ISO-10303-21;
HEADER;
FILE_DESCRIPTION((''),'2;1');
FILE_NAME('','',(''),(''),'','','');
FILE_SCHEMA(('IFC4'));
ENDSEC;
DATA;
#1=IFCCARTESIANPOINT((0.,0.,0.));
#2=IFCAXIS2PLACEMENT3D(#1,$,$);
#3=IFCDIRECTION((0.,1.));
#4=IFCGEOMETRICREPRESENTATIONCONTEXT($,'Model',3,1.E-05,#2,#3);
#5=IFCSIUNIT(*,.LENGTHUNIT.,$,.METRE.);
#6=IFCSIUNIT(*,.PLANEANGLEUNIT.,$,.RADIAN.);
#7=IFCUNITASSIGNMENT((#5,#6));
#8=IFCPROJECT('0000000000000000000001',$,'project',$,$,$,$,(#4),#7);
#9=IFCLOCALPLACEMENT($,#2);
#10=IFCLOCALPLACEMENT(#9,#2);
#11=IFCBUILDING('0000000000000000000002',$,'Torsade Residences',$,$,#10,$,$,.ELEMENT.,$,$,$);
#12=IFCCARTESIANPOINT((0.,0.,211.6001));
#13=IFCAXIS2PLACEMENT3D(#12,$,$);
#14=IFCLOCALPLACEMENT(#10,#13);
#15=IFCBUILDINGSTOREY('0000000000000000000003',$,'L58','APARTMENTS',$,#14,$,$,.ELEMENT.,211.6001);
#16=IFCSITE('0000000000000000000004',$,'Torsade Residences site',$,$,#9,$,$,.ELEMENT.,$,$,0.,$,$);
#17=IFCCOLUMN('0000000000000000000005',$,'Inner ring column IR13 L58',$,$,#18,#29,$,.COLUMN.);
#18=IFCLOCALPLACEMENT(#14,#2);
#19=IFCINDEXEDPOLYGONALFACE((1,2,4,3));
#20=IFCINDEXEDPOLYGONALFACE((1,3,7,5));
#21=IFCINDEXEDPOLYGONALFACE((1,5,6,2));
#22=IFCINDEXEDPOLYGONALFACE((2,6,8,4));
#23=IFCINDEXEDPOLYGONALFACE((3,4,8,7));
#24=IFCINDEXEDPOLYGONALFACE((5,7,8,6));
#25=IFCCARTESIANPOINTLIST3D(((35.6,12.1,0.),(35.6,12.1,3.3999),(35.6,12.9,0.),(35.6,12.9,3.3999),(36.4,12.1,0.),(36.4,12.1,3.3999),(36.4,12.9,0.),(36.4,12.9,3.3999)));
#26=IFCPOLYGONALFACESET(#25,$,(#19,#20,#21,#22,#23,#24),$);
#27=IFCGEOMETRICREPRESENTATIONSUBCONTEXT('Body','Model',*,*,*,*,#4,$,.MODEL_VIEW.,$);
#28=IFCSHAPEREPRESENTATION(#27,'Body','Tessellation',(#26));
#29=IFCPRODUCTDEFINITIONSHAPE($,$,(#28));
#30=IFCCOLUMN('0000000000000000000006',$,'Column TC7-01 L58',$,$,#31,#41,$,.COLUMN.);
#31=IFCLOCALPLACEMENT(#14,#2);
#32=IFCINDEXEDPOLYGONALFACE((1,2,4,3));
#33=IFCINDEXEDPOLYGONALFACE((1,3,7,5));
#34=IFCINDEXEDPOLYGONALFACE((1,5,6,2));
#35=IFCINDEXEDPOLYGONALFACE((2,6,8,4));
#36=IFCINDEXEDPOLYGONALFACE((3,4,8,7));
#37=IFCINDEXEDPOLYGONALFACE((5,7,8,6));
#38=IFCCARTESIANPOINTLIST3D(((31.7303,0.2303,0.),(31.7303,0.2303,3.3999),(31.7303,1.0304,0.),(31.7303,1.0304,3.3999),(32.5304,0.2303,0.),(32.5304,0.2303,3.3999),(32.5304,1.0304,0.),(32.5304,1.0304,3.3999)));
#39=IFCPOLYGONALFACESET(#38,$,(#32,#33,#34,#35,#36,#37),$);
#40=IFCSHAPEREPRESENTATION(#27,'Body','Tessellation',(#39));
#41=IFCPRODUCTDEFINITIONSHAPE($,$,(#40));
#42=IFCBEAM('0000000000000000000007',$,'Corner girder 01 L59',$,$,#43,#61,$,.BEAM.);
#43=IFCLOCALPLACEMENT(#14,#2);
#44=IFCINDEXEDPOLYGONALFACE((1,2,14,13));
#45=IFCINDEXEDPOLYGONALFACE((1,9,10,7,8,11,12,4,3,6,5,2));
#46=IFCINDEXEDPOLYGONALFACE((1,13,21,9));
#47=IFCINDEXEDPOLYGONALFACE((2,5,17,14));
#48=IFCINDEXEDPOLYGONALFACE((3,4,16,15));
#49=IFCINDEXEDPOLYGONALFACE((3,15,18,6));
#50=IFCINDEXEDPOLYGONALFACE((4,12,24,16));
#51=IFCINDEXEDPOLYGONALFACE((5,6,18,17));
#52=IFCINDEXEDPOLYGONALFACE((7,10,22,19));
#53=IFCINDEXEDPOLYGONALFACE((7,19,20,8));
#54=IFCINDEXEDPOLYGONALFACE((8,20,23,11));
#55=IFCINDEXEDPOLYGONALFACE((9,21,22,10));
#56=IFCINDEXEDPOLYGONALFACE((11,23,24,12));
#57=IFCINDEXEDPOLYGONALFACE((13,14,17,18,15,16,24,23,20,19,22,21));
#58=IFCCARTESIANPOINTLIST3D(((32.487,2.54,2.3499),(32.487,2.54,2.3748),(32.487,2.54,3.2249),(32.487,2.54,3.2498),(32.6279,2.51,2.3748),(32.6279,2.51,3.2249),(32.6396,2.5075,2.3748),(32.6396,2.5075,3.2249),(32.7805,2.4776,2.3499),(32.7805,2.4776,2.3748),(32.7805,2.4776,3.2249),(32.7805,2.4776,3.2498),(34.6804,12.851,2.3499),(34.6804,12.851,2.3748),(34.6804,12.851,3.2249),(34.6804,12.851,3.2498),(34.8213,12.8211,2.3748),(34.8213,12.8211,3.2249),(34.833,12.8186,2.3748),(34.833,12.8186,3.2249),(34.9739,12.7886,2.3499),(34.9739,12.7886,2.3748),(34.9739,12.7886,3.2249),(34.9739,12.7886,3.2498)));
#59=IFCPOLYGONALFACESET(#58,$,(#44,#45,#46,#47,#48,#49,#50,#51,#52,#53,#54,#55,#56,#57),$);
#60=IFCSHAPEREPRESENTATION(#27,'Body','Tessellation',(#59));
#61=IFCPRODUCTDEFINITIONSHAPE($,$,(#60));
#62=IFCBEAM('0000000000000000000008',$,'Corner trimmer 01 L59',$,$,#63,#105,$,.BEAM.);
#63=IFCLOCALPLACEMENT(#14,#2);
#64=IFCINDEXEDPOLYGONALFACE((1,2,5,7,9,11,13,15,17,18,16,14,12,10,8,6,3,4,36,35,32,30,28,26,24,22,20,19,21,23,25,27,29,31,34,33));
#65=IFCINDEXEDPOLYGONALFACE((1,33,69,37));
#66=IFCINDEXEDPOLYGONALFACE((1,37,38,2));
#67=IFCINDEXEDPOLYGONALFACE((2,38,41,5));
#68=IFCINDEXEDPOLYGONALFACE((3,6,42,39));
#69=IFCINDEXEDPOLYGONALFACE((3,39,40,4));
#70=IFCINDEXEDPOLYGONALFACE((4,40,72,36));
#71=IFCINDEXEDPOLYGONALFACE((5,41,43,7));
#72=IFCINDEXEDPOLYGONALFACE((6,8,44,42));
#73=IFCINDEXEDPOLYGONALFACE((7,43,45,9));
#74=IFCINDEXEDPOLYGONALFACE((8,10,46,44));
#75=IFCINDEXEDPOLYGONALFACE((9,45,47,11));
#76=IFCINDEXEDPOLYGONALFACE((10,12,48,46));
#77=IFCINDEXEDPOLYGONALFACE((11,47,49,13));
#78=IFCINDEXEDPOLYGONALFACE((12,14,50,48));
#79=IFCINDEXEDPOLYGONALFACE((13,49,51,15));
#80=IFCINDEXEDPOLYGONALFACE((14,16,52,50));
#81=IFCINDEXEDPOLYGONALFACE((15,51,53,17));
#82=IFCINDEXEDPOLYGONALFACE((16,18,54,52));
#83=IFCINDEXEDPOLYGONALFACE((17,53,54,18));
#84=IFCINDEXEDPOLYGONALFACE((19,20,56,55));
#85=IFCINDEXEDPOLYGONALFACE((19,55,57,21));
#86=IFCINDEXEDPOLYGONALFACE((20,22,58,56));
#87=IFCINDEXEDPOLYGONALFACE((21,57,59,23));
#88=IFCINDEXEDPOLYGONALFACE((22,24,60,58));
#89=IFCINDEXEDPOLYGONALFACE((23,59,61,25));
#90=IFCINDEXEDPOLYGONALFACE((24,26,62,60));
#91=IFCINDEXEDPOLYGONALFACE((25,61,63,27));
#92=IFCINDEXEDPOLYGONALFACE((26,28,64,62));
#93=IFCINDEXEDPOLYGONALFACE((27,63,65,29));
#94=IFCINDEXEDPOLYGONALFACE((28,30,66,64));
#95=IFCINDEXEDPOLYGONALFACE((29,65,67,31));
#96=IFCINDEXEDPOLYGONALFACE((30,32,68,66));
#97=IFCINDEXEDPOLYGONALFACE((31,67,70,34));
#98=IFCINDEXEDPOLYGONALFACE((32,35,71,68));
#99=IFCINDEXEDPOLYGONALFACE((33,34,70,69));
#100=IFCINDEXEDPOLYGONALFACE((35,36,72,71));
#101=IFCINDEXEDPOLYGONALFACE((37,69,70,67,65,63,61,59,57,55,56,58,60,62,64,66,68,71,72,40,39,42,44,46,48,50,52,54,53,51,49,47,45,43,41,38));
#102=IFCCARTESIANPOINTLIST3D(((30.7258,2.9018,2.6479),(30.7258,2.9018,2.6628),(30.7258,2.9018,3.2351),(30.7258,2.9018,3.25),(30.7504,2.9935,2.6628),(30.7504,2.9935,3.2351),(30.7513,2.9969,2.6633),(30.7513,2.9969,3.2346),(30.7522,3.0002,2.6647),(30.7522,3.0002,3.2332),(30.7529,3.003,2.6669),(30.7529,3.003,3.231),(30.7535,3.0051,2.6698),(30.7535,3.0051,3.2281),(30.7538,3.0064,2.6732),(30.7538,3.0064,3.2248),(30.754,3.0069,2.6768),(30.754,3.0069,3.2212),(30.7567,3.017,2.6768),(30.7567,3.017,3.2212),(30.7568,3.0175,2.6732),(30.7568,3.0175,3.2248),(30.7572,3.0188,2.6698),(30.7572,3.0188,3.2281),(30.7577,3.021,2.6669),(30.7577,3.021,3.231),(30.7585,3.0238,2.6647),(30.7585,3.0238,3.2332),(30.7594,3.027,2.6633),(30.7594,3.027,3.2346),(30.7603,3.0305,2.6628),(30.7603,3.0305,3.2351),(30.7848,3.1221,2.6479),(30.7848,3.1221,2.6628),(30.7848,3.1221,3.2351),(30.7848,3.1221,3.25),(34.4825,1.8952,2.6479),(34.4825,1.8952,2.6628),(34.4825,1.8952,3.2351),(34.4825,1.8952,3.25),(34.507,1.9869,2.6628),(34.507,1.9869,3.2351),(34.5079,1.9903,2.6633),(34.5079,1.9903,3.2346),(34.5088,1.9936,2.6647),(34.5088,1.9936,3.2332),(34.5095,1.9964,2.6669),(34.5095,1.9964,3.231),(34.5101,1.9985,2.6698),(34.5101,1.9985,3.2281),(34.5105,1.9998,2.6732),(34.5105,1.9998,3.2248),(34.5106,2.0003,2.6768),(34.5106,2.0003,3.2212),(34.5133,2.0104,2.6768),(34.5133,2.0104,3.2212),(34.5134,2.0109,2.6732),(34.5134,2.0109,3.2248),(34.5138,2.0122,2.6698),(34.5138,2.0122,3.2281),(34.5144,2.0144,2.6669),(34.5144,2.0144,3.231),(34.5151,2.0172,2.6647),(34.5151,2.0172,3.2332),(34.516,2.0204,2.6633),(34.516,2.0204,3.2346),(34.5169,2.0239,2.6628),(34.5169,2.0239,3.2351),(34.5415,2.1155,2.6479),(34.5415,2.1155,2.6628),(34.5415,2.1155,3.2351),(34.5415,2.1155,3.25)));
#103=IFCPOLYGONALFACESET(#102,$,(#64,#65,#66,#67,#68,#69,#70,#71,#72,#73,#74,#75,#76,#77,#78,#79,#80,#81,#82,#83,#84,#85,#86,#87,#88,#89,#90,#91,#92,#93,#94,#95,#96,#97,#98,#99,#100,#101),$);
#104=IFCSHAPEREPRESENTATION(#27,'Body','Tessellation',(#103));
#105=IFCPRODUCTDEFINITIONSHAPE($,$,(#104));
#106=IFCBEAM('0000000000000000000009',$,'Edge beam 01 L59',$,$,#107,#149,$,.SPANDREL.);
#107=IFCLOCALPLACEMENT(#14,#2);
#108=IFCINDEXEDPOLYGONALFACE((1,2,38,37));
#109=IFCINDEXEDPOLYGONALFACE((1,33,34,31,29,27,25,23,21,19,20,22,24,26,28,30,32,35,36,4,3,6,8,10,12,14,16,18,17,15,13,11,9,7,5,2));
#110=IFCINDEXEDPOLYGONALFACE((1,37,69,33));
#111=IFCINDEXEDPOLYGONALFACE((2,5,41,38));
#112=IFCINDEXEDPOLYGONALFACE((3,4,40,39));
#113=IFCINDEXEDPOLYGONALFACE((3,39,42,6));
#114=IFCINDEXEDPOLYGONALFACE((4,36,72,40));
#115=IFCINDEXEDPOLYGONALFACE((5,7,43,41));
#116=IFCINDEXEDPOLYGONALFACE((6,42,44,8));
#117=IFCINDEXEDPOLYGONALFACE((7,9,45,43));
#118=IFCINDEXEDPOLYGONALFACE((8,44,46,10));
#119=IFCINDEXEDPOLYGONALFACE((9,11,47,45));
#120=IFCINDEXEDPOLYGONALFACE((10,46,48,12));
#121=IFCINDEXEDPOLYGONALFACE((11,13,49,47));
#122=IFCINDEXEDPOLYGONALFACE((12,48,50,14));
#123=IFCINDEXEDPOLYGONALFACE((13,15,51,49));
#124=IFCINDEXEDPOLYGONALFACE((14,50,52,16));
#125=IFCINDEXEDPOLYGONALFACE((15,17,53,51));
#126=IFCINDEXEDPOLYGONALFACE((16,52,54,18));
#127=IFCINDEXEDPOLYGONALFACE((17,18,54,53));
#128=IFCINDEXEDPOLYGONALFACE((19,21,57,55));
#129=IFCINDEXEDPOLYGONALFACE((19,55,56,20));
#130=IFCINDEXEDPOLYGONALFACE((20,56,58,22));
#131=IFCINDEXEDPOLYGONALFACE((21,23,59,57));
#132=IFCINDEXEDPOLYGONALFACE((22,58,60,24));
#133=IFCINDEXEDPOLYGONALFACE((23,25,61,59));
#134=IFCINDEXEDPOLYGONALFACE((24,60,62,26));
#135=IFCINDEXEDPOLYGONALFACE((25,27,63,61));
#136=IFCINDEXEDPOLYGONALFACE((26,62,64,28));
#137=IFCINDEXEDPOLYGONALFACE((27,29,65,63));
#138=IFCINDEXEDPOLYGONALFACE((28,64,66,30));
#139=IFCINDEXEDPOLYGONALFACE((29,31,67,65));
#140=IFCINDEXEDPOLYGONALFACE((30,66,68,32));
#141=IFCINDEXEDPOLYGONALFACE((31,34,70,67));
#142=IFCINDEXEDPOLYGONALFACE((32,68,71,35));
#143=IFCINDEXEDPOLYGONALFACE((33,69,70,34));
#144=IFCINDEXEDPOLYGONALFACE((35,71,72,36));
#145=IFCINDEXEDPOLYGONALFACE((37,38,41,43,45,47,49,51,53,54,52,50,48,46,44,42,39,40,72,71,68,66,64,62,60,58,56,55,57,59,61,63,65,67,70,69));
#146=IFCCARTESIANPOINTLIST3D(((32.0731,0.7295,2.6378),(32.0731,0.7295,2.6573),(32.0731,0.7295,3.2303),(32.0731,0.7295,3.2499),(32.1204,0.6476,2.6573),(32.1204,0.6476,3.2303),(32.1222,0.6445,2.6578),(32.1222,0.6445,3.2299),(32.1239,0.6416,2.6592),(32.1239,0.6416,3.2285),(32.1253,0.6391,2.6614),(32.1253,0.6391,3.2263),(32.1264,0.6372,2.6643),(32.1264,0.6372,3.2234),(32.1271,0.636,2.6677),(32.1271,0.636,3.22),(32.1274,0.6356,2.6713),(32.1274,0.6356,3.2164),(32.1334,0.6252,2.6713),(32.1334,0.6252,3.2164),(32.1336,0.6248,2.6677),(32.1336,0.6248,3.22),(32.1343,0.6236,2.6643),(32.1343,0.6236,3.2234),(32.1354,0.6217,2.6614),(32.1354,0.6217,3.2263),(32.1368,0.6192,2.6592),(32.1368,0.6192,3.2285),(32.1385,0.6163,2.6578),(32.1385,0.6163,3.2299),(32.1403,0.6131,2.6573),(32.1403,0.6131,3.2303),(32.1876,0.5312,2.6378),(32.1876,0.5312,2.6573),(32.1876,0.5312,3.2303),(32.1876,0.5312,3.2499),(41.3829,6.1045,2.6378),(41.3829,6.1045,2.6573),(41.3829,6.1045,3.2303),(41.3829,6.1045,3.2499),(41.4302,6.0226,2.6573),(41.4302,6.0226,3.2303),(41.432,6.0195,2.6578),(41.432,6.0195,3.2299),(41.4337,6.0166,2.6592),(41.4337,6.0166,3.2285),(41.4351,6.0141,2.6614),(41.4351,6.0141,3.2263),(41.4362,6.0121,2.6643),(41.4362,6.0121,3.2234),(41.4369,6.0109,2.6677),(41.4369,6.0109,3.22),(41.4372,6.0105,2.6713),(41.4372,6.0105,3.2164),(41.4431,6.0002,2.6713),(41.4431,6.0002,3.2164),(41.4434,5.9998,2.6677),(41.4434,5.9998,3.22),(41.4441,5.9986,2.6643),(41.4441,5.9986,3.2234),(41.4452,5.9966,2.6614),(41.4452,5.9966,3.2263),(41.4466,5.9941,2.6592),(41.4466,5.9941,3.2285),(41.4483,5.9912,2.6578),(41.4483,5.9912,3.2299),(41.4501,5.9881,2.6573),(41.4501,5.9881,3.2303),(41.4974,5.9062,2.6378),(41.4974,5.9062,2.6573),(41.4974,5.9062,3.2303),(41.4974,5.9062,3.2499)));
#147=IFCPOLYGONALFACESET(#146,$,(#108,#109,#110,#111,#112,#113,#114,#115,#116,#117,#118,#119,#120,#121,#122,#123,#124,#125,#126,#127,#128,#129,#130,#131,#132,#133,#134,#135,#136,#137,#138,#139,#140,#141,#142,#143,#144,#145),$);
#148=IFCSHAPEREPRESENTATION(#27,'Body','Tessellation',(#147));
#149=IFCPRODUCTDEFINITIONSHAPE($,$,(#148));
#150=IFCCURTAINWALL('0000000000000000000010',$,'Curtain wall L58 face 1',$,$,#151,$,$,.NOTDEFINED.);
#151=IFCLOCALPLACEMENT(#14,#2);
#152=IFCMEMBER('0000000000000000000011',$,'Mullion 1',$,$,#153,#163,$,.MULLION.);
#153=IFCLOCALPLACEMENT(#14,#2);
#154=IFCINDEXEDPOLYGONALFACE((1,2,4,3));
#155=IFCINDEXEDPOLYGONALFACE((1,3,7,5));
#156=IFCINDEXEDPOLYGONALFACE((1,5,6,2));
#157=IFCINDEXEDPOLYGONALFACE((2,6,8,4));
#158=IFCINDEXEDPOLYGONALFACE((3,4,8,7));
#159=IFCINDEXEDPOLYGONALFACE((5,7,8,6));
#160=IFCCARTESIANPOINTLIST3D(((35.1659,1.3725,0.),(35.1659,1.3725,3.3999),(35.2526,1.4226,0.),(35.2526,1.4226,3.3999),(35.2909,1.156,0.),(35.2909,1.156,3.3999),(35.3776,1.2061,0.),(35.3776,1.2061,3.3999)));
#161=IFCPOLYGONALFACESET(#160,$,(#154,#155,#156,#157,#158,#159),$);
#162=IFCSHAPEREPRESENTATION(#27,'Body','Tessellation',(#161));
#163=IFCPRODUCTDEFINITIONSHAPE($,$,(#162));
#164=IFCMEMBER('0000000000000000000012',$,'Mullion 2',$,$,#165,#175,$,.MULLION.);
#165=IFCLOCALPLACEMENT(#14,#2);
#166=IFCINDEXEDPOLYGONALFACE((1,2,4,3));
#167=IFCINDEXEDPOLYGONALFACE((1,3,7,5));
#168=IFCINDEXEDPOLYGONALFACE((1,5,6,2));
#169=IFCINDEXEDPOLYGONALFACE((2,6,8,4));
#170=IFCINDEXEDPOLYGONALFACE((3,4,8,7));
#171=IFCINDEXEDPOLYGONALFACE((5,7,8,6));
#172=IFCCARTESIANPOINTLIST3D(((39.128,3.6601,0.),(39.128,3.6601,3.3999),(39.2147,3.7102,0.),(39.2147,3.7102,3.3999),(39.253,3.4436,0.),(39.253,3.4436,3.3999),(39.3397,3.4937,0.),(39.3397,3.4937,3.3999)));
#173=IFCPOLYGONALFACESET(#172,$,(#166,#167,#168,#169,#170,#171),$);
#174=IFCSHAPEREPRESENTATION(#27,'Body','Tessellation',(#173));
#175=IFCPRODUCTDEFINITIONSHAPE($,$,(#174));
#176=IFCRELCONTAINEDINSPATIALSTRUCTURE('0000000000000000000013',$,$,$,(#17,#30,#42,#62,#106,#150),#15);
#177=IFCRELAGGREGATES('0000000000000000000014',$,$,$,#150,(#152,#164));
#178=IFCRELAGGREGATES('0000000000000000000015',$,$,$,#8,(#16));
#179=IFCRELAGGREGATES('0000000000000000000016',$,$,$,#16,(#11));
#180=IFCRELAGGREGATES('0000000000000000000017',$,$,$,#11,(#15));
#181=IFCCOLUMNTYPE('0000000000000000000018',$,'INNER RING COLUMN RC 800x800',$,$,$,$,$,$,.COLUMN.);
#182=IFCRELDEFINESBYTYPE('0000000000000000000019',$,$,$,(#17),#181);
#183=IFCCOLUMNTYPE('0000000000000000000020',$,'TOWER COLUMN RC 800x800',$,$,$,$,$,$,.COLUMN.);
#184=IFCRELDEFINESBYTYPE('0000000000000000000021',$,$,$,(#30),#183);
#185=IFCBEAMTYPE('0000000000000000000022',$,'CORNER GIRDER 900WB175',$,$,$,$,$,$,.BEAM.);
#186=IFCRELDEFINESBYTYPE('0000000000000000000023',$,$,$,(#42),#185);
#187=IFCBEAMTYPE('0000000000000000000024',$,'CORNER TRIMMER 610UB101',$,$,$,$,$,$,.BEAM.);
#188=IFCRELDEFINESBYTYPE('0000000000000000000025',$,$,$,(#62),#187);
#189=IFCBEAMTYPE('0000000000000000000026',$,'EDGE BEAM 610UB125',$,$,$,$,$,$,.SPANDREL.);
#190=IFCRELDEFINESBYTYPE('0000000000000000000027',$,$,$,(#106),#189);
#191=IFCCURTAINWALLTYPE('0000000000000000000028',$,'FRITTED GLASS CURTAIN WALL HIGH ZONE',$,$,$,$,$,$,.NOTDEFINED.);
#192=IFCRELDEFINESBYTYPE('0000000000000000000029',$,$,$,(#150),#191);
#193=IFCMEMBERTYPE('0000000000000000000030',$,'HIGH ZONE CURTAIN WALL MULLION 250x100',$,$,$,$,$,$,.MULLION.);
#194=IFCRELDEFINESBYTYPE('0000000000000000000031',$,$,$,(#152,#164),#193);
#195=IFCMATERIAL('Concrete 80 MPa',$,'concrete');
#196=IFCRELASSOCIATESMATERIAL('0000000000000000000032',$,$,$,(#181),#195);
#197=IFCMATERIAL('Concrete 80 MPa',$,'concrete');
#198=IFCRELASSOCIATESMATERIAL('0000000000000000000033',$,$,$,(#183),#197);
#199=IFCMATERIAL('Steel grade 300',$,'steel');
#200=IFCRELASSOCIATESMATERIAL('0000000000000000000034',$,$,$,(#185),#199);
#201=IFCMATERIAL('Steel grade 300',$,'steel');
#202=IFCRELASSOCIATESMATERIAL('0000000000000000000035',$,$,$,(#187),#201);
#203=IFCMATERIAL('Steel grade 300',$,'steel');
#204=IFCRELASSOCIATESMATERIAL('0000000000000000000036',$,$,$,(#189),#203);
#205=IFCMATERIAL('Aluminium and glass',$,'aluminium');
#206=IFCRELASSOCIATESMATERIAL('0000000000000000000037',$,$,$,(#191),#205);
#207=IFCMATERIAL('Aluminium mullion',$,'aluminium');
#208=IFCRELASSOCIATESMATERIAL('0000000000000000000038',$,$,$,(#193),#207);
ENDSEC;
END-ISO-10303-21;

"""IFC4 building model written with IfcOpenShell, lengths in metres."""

from ifc_helpers import new_model, si_unit, direction, frame, origin, origin_2d, place, context, subcontext, project, spatial, rectangle, i_section, extrude, material, material_profile, profile_set, type_object, element, aggregate, save


model = new_model("IFC4")

# Units and contexts
model_context = context("Model", 3, precision=1e-05, world=origin(), true_north=direction((0.0, 1.0)))
body_context = subcontext(model_context, "Body", "Model", "MODEL_VIEW")
ifc_project = project(units=[si_unit("LENGTHUNIT", "METRE"), si_unit("PLANEANGLEUNIT", "RADIAN")], contexts=[model_context])

# Site, building, storey
site_placement = place(None, origin())
site = spatial("IfcSite", under=ifc_project, at=site_placement, Name="Torsade Residences site", CompositionType="ELEMENT", RefElevation=0.0)
building_placement = place(site_placement, origin())
building = spatial("IfcBuilding", under=site, at=building_placement, Name="Torsade Residences", CompositionType="ELEMENT")
storey_placement = place(building_placement, frame((0.0, 0.0, 211.6001)))
storey = spatial("IfcBuildingStorey", under=building, at=storey_placement, Name="L58", Description="APARTMENTS", CompositionType="ELEMENT", Elevation=211.6001)

# Columns
ifc_material_1 = material(Name="Concrete 80 MPa", Category="concrete")
ifc_material_profile_1 = material_profile(ifc_material_1, rectangle(XDim=0.8, YDim=0.8, at=origin_2d()), Name="RC 800x800")
ifc_profile_set_1 = profile_set([ifc_material_profile_1], Name="Concrete 80 MPa")
column_type_1 = type_object("IfcColumnType", Name="INNER RING COLUMN RC 800x800", PredefinedType="COLUMN", material=ifc_profile_set_1)
column_1_placement = place(storey_placement, frame((36.0, 12.5, 0.0), z_axis=(0.0, 0.0, 1.0), x_axis=(1.0, 0.0, 0.0)))
element("IfcColumn", 1, at=column_1_placement, inside=storey, type_object=column_type_1, Name="Inner ring column IR13 L58", PredefinedType="COLUMN", context=body_context, shape_type="SweptSolid", body=[
    extrude(rectangle(XDim=0.8, YDim=0.8, at=origin_2d()), origin(), (0.0, 0.0, 1.0), 3.3999),
])
ifc_material_2 = material(Name="Concrete 80 MPa", Category="concrete")
ifc_material_profile_2 = material_profile(ifc_material_2, rectangle(XDim=0.8, YDim=0.8, at=origin_2d()), Name="RC 800x800")
ifc_profile_set_2 = profile_set([ifc_material_profile_2], Name="Concrete 80 MPa")
column_type_2 = type_object("IfcColumnType", Name="TOWER COLUMN RC 800x800", PredefinedType="COLUMN", material=ifc_profile_set_2)
column_2_placement = place(storey_placement, frame((32.1304, 0.6304, 0.0), z_axis=(0.0, 0.0, 1.0), x_axis=(1.0, 0.0, 0.0)))
element("IfcColumn", 2, at=column_2_placement, inside=storey, type_object=column_type_2, Name="Column TC7-01 L58", PredefinedType="COLUMN", context=body_context, shape_type="SweptSolid", body=[
    extrude(rectangle(XDim=0.8, YDim=0.8, at=origin_2d()), origin(), (0.0, 0.0, 1.0), 3.3999),
])

# Beams
ifc_material_3 = material(Name="Steel grade 300", Category="steel")
ifc_material_profile_3 = material_profile(ifc_material_3, i_section(OverallWidth=0.3, OverallDepth=0.8999, WebThickness=0.012, FlangeThickness=0.0249, at=origin_2d()), Name="900WB175")
ifc_profile_set_3 = profile_set([ifc_material_profile_3], Name="Steel grade 300")
beam_type_1 = type_object("IfcBeamType", Name="CORNER GIRDER 900WB175", PredefinedType="BEAM", material=ifc_profile_set_3)
beam_1_placement = place(storey_placement, frame((32.6338, 2.5088, 2.7998), z_axis=(0.208064, 0.978115, 0.0), x_axis=(-0.978115, 0.208064, 0.0)))
element("IfcBeam", 3, at=beam_1_placement, inside=storey, type_object=beam_type_1, Name="Corner girder 01 L59", PredefinedType="BEAM", context=body_context, shape_type="SweptSolid", body=[
    extrude(i_section(OverallWidth=0.3, OverallDepth=0.8999, WebThickness=0.012, FlangeThickness=0.0249, at=origin_2d()), origin(), (0.0, 0.0, 1.0), 10.5417),
])
ifc_material_4 = material(Name="Steel grade 300", Category="steel")
ifc_material_profile_4 = material_profile(ifc_material_4, i_section(OverallWidth=0.228, OverallDepth=0.6021, WebThickness=0.0105, FlangeThickness=0.0149, FilletRadius=0.0139, at=origin_2d()), Name="610UB101")
ifc_profile_set_4 = profile_set([ifc_material_profile_4], Name="Steel grade 300")
beam_type_2 = type_object("IfcBeamType", Name="CORNER TRIMMER 610UB101", PredefinedType="BEAM", material=ifc_profile_set_4)
beam_2_placement = place(storey_placement, frame((34.512, 2.0054, 2.949), z_axis=(-0.965925, 0.258823, 0.0), x_axis=(-0.258823, -0.965925, 0.0)))
element("IfcBeam", 4, at=beam_2_placement, inside=storey, type_object=beam_type_2, Name="Corner trimmer 01 L59", PredefinedType="BEAM", context=body_context, shape_type="SweptSolid", body=[
    extrude(i_section(OverallWidth=0.228, OverallDepth=0.6021, WebThickness=0.0105, FlangeThickness=0.0149, FilletRadius=0.0139, at=origin_2d()), origin(), (0.0, 0.0, 1.0), 3.8892),
])
ifc_material_5 = material(Name="Steel grade 300", Category="steel")
ifc_material_profile_5 = material_profile(ifc_material_5, i_section(OverallWidth=0.229, OverallDepth=0.6121, WebThickness=0.012, FlangeThickness=0.0195, FilletRadius=0.0139, at=origin_2d()), Name="610UB125")
ifc_profile_set_5 = profile_set([ifc_material_profile_5], Name="Steel grade 300")
beam_type_3 = type_object("IfcBeamType", Name="EDGE BEAM 610UB125", PredefinedType="SPANDREL", material=ifc_profile_set_5)
beam_3_placement = place(storey_placement, frame((32.1304, 0.6304, 2.9438), z_axis=(0.866026, 0.499998, 0.0), x_axis=(-0.499998, 0.866026, 0.0)))
element("IfcBeam", 5, at=beam_3_placement, inside=storey, type_object=beam_type_3, Name="Edge beam 01 L59", PredefinedType="SPANDREL", context=body_context, shape_type="SweptSolid", body=[
    extrude(i_section(OverallWidth=0.229, OverallDepth=0.6121, WebThickness=0.012, FlangeThickness=0.0195, FilletRadius=0.0139, at=origin_2d()), origin(), (0.0, 0.0, 1.0), 10.75),
])

# Curtain wall, members
ifc_material_6 = material(Name="Aluminium and glass", Category="aluminium")
curtain_wall_type = type_object("IfcCurtainWallType", Name="FRITTED GLASS CURTAIN WALL HIGH ZONE", PredefinedType="NOTDEFINED", material=ifc_material_6)
curtain_wall_1_placement = place(storey_placement, origin())
curtain_wall_1 = element("IfcCurtainWall", 6, at=curtain_wall_1_placement, inside=storey, type_object=curtain_wall_type, Name="Curtain wall L58 face 1", PredefinedType="NOTDEFINED")
ifc_material_7 = material(Name="Aluminium mullion", Category="aluminium")
ifc_material_profile_6 = material_profile(ifc_material_7, rectangle(XDim=0.25, YDim=0.1001, at=origin_2d()), Name="HIGH ZONE CURTAIN WALL MULLION 250x100")
ifc_profile_set_6 = profile_set([ifc_material_profile_6], Name="Aluminium mullion")
member_type_1 = type_object("IfcMemberType", Name="HIGH ZONE CURTAIN WALL MULLION 250x100", PredefinedType="MULLION", material=ifc_profile_set_6)
member_1_placement = place(storey_placement, frame((35.2717, 1.2893, 0.0), z_axis=(0.0, 0.0, 1.0), x_axis=(-0.5, 0.866025, 0.0)))
member_1 = element("IfcMember", 7, at=member_1_placement, type_object=member_type_1, Name="Mullion 1", PredefinedType="MULLION", context=body_context, shape_type="SweptSolid", body=[
    extrude(rectangle(XDim=0.25, YDim=0.1001, at=origin_2d()), origin(), (0.0, 0.0, 1.0), 3.3999),
])
member_2_placement = place(storey_placement, frame((39.2339, 3.5769, 0.0), z_axis=(0.0, 0.0, 1.0), x_axis=(-0.5, 0.866025, 0.0)))
member_2 = element("IfcMember", 8, at=member_2_placement, type_object=member_type_1, Name="Mullion 2", PredefinedType="MULLION", context=body_context, shape_type="SweptSolid", body=[
    extrude(rectangle(XDim=0.25, YDim=0.1001, at=origin_2d()), origin(), (0.0, 0.0, 1.0), 3.3999),
])

aggregate(curtain_wall_1, [member_1, member_2])

save(model, "model.ifc")
